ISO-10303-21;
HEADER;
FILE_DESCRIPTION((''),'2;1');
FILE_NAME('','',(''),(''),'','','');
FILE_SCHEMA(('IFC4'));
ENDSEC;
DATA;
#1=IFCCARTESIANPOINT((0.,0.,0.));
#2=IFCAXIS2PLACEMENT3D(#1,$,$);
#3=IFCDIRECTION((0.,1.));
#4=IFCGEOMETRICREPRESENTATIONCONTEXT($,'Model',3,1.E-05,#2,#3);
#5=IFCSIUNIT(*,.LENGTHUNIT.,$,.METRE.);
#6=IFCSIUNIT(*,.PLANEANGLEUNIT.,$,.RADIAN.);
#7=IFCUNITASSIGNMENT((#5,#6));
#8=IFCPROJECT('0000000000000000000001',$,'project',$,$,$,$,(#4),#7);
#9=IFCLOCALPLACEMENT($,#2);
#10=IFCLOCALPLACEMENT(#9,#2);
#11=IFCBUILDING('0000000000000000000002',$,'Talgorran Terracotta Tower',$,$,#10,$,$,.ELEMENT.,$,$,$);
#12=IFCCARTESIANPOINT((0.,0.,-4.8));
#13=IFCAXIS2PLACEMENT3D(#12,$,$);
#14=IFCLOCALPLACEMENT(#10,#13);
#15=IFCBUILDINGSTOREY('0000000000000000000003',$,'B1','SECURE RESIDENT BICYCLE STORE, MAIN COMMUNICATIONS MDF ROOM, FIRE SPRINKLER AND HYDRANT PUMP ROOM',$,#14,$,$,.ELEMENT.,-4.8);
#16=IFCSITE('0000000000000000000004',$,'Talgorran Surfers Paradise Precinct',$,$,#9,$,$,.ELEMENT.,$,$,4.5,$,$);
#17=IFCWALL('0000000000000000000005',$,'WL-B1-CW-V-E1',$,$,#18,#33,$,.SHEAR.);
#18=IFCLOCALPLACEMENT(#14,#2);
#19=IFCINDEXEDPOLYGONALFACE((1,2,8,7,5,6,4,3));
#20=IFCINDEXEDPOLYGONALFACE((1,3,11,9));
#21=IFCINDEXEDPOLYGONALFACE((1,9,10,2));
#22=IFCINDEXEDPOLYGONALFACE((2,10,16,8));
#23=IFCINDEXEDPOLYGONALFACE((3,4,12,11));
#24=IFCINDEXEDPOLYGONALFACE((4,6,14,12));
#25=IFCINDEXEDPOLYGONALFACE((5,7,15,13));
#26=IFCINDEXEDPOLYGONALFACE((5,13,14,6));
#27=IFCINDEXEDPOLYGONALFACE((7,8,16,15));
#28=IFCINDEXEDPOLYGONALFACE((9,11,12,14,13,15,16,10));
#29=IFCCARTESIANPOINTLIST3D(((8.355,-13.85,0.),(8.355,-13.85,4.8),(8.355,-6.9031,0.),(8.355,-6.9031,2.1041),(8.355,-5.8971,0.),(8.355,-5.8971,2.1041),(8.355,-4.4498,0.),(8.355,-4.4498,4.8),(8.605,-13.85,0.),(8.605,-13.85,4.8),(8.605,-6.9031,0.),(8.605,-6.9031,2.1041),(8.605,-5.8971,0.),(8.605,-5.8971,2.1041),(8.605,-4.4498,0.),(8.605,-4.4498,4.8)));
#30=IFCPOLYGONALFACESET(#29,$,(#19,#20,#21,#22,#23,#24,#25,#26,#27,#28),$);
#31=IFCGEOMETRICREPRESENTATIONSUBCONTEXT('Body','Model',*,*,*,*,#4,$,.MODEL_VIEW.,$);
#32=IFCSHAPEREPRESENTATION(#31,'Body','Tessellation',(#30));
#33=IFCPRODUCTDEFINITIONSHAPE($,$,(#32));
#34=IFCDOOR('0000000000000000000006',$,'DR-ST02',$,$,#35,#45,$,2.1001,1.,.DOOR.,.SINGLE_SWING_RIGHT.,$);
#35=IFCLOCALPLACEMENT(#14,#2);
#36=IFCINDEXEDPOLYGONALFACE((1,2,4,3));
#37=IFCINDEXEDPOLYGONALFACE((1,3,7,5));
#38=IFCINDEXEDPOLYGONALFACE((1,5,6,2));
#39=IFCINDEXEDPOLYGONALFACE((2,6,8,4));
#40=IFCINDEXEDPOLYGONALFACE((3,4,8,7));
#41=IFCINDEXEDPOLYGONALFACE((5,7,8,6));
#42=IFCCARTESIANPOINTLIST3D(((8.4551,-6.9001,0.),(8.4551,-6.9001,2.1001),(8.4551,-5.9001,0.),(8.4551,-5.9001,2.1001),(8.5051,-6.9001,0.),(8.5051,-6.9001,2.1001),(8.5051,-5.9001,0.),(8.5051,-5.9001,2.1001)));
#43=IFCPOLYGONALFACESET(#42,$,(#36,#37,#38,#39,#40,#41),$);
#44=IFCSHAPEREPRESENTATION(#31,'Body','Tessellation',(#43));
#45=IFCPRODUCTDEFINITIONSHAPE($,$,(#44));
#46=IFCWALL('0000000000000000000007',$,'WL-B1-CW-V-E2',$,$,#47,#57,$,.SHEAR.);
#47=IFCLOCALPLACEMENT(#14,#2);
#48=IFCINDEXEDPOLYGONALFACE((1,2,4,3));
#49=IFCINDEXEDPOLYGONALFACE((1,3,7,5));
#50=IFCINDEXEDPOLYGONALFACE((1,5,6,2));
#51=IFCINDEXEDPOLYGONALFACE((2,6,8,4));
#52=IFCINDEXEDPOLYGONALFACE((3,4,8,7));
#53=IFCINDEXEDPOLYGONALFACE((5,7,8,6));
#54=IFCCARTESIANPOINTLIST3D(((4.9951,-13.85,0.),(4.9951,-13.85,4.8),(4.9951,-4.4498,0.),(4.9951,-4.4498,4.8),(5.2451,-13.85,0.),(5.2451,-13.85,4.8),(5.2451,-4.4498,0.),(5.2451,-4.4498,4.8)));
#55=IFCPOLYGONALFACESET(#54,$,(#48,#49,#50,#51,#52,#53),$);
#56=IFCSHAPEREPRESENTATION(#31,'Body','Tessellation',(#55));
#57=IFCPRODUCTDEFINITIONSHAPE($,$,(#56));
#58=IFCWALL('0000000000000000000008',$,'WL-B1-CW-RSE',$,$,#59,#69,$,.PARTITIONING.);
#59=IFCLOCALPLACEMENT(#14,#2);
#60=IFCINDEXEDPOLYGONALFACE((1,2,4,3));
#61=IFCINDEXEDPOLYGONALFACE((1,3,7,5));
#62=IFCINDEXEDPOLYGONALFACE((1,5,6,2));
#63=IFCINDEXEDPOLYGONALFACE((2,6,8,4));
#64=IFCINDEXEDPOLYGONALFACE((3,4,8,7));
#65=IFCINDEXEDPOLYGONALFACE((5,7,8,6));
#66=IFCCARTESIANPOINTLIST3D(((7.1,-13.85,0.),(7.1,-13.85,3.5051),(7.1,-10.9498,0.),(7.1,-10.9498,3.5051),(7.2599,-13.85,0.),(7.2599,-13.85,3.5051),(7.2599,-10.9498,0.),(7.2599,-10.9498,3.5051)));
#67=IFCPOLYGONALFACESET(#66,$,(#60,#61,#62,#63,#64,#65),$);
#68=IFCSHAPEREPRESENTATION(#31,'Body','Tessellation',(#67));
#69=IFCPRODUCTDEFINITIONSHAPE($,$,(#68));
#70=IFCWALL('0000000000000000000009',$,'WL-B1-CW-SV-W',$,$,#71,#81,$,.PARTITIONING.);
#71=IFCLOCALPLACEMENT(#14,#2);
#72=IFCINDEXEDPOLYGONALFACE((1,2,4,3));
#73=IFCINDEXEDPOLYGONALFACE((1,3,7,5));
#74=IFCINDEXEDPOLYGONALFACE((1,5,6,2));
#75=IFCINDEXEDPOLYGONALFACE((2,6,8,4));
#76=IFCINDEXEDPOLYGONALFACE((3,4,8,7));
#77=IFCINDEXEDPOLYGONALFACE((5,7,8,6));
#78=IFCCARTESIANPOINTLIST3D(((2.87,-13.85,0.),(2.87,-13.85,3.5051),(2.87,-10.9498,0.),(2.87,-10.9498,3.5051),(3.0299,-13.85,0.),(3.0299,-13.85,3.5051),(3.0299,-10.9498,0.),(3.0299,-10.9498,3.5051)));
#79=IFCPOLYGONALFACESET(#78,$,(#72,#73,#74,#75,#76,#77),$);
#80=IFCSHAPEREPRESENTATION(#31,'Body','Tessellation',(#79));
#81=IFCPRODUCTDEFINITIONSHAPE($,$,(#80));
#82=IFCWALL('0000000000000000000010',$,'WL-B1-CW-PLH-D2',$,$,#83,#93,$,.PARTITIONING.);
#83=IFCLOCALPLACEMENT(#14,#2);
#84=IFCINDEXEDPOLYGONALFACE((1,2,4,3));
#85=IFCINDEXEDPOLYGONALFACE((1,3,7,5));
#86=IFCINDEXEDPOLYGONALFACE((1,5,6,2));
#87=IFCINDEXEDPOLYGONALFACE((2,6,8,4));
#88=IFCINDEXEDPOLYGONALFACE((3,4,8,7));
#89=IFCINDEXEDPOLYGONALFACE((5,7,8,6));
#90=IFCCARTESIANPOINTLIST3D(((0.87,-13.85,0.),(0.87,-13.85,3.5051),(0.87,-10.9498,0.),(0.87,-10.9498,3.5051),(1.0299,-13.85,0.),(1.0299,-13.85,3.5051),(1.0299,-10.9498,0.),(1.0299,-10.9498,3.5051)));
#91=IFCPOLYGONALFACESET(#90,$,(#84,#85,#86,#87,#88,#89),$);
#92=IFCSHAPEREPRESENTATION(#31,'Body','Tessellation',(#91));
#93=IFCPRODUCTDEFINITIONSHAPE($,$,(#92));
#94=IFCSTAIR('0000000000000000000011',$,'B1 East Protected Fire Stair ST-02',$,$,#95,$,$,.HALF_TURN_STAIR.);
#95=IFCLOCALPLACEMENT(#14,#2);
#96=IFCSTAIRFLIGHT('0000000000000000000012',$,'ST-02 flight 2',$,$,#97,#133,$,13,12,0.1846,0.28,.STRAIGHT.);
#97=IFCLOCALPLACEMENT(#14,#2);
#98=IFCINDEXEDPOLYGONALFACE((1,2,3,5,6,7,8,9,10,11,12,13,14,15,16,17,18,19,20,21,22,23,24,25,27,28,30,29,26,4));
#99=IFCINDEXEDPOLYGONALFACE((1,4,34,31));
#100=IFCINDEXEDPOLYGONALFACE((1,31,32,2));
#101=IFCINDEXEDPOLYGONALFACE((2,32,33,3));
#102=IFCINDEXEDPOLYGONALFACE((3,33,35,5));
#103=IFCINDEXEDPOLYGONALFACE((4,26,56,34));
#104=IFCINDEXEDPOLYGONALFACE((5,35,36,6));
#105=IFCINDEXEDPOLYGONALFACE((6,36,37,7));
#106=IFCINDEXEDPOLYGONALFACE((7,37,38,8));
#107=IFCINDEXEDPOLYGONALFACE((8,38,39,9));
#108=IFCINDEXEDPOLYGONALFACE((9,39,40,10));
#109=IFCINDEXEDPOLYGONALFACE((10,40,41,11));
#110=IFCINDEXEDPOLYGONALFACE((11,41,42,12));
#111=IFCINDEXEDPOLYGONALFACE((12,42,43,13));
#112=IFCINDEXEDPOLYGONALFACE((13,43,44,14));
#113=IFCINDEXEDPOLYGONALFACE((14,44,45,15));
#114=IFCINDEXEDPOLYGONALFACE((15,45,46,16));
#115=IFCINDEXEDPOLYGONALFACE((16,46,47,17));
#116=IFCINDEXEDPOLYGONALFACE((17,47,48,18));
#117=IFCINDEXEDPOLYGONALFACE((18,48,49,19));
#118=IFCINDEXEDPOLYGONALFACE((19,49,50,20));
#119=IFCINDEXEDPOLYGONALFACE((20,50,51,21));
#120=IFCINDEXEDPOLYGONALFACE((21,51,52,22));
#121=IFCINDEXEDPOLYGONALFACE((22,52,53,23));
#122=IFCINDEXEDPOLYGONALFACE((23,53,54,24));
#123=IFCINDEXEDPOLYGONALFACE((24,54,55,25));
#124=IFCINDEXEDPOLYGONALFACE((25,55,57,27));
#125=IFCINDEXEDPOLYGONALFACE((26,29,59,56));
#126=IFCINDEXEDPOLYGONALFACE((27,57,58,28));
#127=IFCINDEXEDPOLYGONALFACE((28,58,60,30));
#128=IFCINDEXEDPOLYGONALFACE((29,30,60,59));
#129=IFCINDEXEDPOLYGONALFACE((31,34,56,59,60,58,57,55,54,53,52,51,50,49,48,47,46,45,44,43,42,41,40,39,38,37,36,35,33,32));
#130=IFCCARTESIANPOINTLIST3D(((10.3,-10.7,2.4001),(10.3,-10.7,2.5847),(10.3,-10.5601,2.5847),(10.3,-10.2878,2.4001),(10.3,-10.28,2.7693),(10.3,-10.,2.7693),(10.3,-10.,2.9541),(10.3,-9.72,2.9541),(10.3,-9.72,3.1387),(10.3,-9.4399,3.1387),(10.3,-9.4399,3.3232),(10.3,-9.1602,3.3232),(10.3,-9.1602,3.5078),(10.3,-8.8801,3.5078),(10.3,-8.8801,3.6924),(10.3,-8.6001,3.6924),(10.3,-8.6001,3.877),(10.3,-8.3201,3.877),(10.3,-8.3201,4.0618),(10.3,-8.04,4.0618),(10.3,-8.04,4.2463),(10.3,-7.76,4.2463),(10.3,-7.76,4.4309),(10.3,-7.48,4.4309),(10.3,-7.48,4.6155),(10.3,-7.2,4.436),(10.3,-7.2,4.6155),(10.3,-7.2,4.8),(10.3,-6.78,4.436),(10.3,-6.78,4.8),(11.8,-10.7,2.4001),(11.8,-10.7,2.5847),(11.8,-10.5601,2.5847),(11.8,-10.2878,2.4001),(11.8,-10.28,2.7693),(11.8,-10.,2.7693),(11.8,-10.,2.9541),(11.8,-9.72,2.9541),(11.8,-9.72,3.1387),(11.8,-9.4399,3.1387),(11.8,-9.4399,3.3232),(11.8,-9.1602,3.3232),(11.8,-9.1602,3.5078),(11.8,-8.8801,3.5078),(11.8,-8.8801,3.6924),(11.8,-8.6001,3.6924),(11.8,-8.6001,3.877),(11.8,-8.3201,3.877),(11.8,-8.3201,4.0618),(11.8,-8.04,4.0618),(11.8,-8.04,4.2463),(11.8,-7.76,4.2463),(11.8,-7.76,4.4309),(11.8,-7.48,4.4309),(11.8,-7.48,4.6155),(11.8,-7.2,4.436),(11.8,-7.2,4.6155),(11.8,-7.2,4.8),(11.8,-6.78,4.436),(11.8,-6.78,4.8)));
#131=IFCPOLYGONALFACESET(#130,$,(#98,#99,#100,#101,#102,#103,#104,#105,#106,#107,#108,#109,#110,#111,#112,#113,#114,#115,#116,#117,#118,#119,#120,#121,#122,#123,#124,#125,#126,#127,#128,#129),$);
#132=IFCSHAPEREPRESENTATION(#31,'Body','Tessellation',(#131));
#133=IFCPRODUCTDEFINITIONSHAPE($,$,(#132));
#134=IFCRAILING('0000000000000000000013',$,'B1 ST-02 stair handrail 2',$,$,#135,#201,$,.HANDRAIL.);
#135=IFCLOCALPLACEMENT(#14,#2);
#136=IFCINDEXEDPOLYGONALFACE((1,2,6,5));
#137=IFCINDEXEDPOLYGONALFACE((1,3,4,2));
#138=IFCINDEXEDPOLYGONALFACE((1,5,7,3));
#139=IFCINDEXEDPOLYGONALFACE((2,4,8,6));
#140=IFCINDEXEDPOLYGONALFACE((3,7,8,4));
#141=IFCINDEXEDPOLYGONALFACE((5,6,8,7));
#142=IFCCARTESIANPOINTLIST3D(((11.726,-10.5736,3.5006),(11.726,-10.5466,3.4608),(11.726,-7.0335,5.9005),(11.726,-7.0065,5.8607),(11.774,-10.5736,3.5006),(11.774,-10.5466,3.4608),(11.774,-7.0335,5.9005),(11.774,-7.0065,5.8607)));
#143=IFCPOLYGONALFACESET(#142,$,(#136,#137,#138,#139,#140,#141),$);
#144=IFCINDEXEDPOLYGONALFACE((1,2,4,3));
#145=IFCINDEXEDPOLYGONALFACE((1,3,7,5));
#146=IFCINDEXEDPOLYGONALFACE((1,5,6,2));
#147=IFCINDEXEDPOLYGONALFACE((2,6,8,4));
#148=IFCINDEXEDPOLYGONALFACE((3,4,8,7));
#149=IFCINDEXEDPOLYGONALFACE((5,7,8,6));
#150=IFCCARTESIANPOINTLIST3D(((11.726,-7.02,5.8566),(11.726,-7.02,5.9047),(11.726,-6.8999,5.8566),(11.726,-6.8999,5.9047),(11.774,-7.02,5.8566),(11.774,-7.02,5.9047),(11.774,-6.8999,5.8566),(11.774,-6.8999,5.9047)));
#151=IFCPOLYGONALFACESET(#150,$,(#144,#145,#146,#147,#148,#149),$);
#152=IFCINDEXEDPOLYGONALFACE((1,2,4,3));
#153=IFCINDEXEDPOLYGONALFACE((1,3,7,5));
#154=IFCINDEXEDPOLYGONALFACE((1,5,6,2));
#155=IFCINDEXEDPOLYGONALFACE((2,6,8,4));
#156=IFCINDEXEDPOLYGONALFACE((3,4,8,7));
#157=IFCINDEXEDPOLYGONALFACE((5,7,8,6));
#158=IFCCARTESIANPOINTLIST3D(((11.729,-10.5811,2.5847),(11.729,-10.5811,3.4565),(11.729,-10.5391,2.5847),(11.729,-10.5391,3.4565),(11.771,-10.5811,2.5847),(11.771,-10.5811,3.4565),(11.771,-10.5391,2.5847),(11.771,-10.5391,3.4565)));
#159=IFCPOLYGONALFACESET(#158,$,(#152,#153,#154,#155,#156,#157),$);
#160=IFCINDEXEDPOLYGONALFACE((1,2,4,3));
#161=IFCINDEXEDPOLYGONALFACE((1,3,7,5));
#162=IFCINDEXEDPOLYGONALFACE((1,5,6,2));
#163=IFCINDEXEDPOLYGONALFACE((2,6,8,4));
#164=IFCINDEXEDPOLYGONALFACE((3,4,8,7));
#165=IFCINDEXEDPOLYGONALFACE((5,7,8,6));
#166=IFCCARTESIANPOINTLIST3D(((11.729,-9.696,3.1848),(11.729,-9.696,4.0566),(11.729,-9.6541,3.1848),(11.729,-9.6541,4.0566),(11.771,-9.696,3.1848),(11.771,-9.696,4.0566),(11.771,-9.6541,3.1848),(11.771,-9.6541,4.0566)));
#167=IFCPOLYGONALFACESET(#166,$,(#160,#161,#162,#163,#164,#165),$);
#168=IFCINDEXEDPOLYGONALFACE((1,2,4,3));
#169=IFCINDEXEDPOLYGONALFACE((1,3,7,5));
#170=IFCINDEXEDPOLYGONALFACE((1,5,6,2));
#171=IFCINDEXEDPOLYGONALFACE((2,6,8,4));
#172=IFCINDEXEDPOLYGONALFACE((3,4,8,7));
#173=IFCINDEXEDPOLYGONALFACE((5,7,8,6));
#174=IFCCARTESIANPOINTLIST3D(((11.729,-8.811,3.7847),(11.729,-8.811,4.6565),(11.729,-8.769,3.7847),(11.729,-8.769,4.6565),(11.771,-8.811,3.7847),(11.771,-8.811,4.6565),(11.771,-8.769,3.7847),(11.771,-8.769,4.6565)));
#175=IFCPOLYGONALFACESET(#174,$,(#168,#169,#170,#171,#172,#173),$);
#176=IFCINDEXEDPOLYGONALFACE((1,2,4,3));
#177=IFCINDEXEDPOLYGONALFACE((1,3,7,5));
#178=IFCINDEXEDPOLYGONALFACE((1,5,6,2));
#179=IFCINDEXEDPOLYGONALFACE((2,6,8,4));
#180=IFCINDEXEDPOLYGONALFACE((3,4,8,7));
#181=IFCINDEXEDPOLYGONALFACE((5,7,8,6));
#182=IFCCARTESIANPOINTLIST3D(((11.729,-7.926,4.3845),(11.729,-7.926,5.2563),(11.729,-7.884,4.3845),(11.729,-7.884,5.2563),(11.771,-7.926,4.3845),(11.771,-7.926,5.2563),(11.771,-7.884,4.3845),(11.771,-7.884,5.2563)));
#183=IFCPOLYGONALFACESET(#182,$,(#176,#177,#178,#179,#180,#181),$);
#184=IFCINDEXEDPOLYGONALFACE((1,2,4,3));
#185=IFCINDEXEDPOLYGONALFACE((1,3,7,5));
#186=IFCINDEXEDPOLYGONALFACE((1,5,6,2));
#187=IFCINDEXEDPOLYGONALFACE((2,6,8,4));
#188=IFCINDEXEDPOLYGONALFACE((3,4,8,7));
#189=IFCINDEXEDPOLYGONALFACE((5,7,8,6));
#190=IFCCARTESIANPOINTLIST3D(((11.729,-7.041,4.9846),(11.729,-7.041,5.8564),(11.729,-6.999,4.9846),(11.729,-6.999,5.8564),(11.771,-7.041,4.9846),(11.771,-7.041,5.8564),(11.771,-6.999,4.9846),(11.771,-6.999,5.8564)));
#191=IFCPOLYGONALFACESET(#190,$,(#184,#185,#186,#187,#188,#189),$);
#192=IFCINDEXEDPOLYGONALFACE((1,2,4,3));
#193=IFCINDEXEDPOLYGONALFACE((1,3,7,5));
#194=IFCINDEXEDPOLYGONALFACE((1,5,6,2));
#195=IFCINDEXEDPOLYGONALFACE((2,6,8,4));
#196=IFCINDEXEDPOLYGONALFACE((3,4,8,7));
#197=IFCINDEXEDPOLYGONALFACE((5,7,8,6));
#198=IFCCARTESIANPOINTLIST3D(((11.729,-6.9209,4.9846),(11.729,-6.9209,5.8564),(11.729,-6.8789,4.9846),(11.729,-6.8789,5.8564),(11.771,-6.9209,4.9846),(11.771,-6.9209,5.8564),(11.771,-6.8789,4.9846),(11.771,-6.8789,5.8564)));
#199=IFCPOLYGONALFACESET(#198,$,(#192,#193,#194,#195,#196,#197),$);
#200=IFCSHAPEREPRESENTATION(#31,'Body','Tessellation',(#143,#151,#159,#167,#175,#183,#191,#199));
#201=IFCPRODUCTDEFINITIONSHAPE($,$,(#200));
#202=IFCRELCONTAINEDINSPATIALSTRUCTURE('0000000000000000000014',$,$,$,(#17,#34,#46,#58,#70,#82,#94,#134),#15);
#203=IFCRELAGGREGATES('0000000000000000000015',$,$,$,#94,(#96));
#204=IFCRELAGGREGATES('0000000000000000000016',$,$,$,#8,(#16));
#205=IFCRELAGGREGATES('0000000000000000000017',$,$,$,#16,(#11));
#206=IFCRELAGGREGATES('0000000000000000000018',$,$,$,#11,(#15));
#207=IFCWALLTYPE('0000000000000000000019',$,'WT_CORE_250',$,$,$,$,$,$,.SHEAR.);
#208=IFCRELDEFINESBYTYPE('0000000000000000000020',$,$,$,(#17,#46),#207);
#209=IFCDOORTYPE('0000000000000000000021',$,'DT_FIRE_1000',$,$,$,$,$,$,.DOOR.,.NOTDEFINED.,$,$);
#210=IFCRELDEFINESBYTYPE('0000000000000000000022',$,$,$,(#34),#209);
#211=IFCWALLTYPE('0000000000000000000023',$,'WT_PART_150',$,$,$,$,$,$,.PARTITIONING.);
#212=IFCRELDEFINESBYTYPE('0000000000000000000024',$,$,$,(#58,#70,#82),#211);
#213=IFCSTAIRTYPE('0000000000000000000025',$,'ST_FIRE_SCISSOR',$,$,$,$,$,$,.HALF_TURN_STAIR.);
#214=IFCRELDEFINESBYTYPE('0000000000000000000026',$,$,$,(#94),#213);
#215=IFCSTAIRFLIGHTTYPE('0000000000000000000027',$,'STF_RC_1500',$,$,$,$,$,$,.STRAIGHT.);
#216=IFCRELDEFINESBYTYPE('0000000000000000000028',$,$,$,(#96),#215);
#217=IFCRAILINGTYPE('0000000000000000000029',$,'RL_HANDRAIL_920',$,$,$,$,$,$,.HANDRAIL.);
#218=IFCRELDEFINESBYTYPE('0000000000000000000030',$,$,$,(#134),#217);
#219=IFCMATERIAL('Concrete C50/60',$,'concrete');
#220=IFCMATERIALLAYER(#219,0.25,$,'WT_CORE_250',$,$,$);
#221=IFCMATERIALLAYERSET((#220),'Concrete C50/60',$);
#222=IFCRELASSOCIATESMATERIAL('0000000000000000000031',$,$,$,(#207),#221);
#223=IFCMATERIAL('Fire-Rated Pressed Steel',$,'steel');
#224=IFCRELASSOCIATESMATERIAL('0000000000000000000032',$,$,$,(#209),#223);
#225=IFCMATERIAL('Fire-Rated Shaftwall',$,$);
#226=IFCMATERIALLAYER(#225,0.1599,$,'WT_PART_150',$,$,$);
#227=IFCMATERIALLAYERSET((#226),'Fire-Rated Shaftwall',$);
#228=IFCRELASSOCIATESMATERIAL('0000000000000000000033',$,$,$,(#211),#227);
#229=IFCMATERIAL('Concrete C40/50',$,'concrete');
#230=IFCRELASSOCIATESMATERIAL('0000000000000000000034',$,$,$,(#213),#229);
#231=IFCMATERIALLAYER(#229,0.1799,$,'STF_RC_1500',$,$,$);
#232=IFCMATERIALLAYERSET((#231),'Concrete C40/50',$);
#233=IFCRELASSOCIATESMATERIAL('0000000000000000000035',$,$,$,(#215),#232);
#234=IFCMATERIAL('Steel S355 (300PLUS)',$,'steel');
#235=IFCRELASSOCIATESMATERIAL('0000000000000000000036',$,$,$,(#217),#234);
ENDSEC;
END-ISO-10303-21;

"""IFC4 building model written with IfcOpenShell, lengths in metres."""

from ifc_helpers import new_model, si_unit, direction, frame, frame_2d, origin, origin_2d, place, context, subcontext, project, spatial, polyline, rectangle, outline, extrude, material, layer, layer_set, type_object, element, fill, aggregate, save


model = new_model("IFC4")

# Units and contexts
model_context = context("Model", 3, precision=1e-05, world=origin(), true_north=direction((0.0, 1.0)))
body_context = subcontext(model_context, "Body", "Model", "MODEL_VIEW")
ifc_project = project(units=[si_unit("LENGTHUNIT", "METRE"), si_unit("PLANEANGLEUNIT", "RADIAN")], contexts=[model_context])

# Site, building, storey
site_placement = place(None, origin())
site = spatial("IfcSite", under=ifc_project, at=site_placement, Name="Talgorran Surfers Paradise Precinct", CompositionType="ELEMENT", RefElevation=4.5)
building_placement = place(site_placement, origin())
building = spatial("IfcBuilding", under=site, at=building_placement, Name="Talgorran Terracotta Tower", CompositionType="ELEMENT")
storey_placement = place(building_placement, frame((0.0, 0.0, -4.8)))
storey = spatial("IfcBuildingStorey", under=building, at=storey_placement, Name="B1", Description="SECURE RESIDENT BICYCLE STORE, MAIN COMMUNICATIONS MDF ROOM, FIRE SPRINKLER AND HYDRANT PUMP ROOM", CompositionType="ELEMENT", Elevation=-4.8)

# Shared definitions
ifc_material_1 = material(Name="Concrete C50/60", Category="concrete")

# Shared definitions
ifc_material_2 = material(Name="Steel S355 (300PLUS)", Category="steel")

# Shared definitions
ifc_material_3 = material(Name="Fire-Rated Pressed Steel", Category="steel")

# Wall, opening, door
ifc_layer_1 = layer(ifc_material_1, 0.25, Name="WT_CORE_250")
ifc_layer_set_1 = layer_set([ifc_layer_1], Name="Concrete C50/60")
wall_type_1 = type_object("IfcWallType", Name="WT_CORE_250", PredefinedType="SHEAR", material=ifc_layer_set_1)
wall_1_placement = place(storey_placement, frame((8.48, -13.8501, 0.0), z_axis=(0.0, 0.0, 1.0), x_axis=(0.0, 1.0, 0.0)))
wall_1 = element("IfcWall", 1, at=wall_1_placement, inside=storey, type_object=wall_type_1, Name="WL-B1-CW-V-E1", PredefinedType="SHEAR", context=body_context, shape_type="SweptSolid", body=[
    extrude(rectangle(XDim=9.4001, YDim=0.25, at=frame_2d((4.7002, 0.0))), origin(), (0.0, 0.0, 1.0), 4.8),
])
opening_1_placement = place(wall_1_placement, frame((6.95, 0.0, 0.0)))
opening_1 = element("IfcOpeningElement", 2, at=opening_1_placement, cuts=wall_1, PredefinedType="OPENING", context=body_context, shape_type="SweptSolid", body=[
    extrude(rectangle(XDim=1.006, YDim=2.1041, at=frame_2d((0.5, 1.052))), frame((0.0, 0.135, 0.0), z_axis=(0.0, -1.0, 0.0), x_axis=(1.0, 0.0, 0.0)), (0.0, 0.0, 1.0), 0.27),
])
door_type_1 = type_object("IfcDoorType", Name="DT_FIRE_1000", OperationType="NOTDEFINED", PredefinedType="DOOR", material=ifc_material_3)
door_1_placement = place(opening_1_placement, origin())
door_1 = element("IfcDoor", 3, at=door_1_placement, inside=storey, type_object=door_type_1, Name="DR-ST02", OperationType="SINGLE_SWING_RIGHT", OverallHeight=2.1001, OverallWidth=1.0, PredefinedType="DOOR", context=body_context, shape_type="SweptSolid", body=[
    extrude(rectangle(XDim=1.0, YDim=2.1001, at=frame_2d((0.5, 1.05))), frame((0.0, 0.0249, 0.0), z_axis=(0.0, -1.0, 0.0), x_axis=(1.0, 0.0, 0.0)), (0.0, 0.0, 1.0), 0.05),
])
fill(opening_1, door_1)

# Walls
wall_2_placement = place(storey_placement, frame((5.1201, -13.8501, 0.0), z_axis=(0.0, 0.0, 1.0), x_axis=(0.0, 1.0, 0.0)))
element("IfcWall", 4, at=wall_2_placement, inside=storey, type_object=wall_type_1, Name="WL-B1-CW-V-E2", PredefinedType="SHEAR", context=body_context, shape_type="SweptSolid", body=[
    extrude(rectangle(XDim=9.4001, YDim=0.25, at=frame_2d((4.7002, 0.0))), origin(), (0.0, 0.0, 1.0), 4.8),
])
ifc_material_4 = material(Name="Fire-Rated Shaftwall")
ifc_layer_2 = layer(ifc_material_4, 0.1599, Name="WT_PART_150")
ifc_layer_set_2 = layer_set([ifc_layer_2], Name="Fire-Rated Shaftwall")
wall_type_2 = type_object("IfcWallType", Name="WT_PART_150", PredefinedType="PARTITIONING", material=ifc_layer_set_2)
for number, where, z_axis, x_axis, name in (
    (5, (7.1799, -13.8501, 0.0), (0.0, 0.0, 1.0), (0.0, 1.0, 0.0), "WL-B1-CW-RSE"),
    (6, (2.95, -13.8501, 0.0), (0.0, 0.0, 1.0), (0.0, 1.0, 0.0), "WL-B1-CW-SV-W"),
    (7, (0.95, -13.8501, 0.0), (0.0, 0.0, 1.0), (0.0, 1.0, 0.0), "WL-B1-CW-PLH-D2"),
):
    element("IfcWall", number, at=place(storey_placement, frame(where, z_axis=z_axis, x_axis=x_axis)), inside=storey, type_object=wall_type_2, Name=name, PredefinedType="PARTITIONING", context=body_context, shape_type="SweptSolid", body=[
        extrude(rectangle(XDim=2.9001, YDim=0.1599, at=frame_2d((1.4502, 0.0))), origin(), (0.0, 0.0, 1.0), 3.5051),
    ])

# Stair, stair flight
ifc_material_5 = material(Name="Concrete C40/50", Category="concrete")
stair_type = type_object("IfcStairType", Name="ST_FIRE_SCISSOR", PredefinedType="HALF_TURN_STAIR", material=ifc_material_5)
stair_placement = place(storey_placement, origin())
stair = element("IfcStair", 8, at=stair_placement, inside=storey, type_object=stair_type, Name="B1 East Protected Fire Stair ST-02", PredefinedType="HALF_TURN_STAIR")
ifc_layer_3 = layer(ifc_material_5, 0.1799, Name="STF_RC_1500")
ifc_layer_set_3 = layer_set([ifc_layer_3], Name="Concrete C40/50")
stair_flight_type = type_object("IfcStairFlightType", Name="STF_RC_1500", PredefinedType="STRAIGHT", material=ifc_layer_set_3)
stair_flight_placement = place(storey_placement, frame((11.05, -10.5601, 2.4001), z_axis=(0.0, 0.0, 1.0), x_axis=(0.0, 1.0, 0.0)))
stair_flight = element("IfcStairFlight", 9, at=stair_flight_placement, type_object=stair_flight_type, Name="ST-02 flight 2", NumberOfRisers=13, NumberOfTreads=12, PredefinedType="STRAIGHT", RiserHeight=0.1846, TreadLength=0.28, context=body_context, shape_type="SweptSolid", body=[
    extrude(outline(polyline([(-0.1399, 0.0), (-0.1399, 0.1846), (0.0, 0.1846), (0.28, 0.3691), (0.5601, 0.3691), (0.5601, 0.554), (0.8401, 0.554), (0.8401, 0.7385), (1.1201, 0.7385), (1.1201, 0.9231), (1.3999, 0.9231), (1.3999, 1.1077), (1.6799, 1.1077), (1.6799, 1.2922), (1.96, 1.2922), (1.96, 1.4768), (2.24, 1.4768), (2.24, 1.6616), (2.52, 1.6616), (2.52, 1.8462), (2.8, 1.8462), (2.8, 2.0308), (3.0801, 2.0308), (3.0801, 2.2153), (3.3601, 2.2153), (3.3601, 2.3999), (3.78, 2.3999), (3.78, 2.0359), (3.3601, 2.0359), (0.2722, 0.0), (-0.1399, 0.0)])), frame((0.0, 0.75, 0.0), z_axis=(0.0, -1.0, 0.0), x_axis=(1.0, 0.0, 0.0)), (0.0, 0.0, 1.0), 1.5),
])
aggregate(stair, [stair_flight])

# Railing
railing_type_1 = type_object("IfcRailingType", Name="RL_HANDRAIL_920", PredefinedType="HANDRAIL", material=ifc_material_2)
railing_1_placement = place(storey_placement, frame((11.75, -10.5601, 2.5847)))
element("IfcRailing", 10, at=railing_1_placement, inside=storey, type_object=railing_type_1, Name="B1 ST-02 stair handrail 2", PredefinedType="HANDRAIL", context=body_context, shape_type="SweptSolid", body=[
    extrude(rectangle(XDim=0.0481, YDim=0.0481, at=origin_2d()), frame((0.0, 0.0, 0.896), z_axis=(0.0, 0.827722, 0.561138), x_axis=(-1.0, 0.0, 0.0)), (0.0, 0.0, 1.0), 4.2769),
    extrude(rectangle(XDim=0.0481, YDim=0.0481, at=origin_2d()), frame((0.0, 3.54, 3.2959), z_axis=(0.0, 1.0, 0.0), x_axis=(-1.0, 0.0, 0.0)), (0.0, 0.0, 1.0), 0.1201),
    extrude(rectangle(XDim=0.042, YDim=0.042, at=origin_2d()), origin(), (0.0, 0.0, 1.0), 0.8718),
    extrude(rectangle(XDim=0.042, YDim=0.042, at=origin_2d()), frame((0.0, 0.885, 0.6001)), (0.0, 0.0, 1.0), 0.8718),
    extrude(rectangle(XDim=0.042, YDim=0.042, at=origin_2d()), frame((0.0, 1.77, 1.2)), (0.0, 0.0, 1.0), 0.8718),
    extrude(rectangle(XDim=0.042, YDim=0.042, at=origin_2d()), frame((0.0, 2.655, 1.7998)), (0.0, 0.0, 1.0), 0.8718),
    extrude(rectangle(XDim=0.042, YDim=0.042, at=origin_2d()), frame((0.0, 3.54, 2.3999)), (0.0, 0.0, 1.0), 0.8718),
    extrude(rectangle(XDim=0.042, YDim=0.042, at=origin_2d()), frame((0.0, 3.6602, 2.3999)), (0.0, 0.0, 1.0), 0.8718),
])

save(model, "model.ifc")
